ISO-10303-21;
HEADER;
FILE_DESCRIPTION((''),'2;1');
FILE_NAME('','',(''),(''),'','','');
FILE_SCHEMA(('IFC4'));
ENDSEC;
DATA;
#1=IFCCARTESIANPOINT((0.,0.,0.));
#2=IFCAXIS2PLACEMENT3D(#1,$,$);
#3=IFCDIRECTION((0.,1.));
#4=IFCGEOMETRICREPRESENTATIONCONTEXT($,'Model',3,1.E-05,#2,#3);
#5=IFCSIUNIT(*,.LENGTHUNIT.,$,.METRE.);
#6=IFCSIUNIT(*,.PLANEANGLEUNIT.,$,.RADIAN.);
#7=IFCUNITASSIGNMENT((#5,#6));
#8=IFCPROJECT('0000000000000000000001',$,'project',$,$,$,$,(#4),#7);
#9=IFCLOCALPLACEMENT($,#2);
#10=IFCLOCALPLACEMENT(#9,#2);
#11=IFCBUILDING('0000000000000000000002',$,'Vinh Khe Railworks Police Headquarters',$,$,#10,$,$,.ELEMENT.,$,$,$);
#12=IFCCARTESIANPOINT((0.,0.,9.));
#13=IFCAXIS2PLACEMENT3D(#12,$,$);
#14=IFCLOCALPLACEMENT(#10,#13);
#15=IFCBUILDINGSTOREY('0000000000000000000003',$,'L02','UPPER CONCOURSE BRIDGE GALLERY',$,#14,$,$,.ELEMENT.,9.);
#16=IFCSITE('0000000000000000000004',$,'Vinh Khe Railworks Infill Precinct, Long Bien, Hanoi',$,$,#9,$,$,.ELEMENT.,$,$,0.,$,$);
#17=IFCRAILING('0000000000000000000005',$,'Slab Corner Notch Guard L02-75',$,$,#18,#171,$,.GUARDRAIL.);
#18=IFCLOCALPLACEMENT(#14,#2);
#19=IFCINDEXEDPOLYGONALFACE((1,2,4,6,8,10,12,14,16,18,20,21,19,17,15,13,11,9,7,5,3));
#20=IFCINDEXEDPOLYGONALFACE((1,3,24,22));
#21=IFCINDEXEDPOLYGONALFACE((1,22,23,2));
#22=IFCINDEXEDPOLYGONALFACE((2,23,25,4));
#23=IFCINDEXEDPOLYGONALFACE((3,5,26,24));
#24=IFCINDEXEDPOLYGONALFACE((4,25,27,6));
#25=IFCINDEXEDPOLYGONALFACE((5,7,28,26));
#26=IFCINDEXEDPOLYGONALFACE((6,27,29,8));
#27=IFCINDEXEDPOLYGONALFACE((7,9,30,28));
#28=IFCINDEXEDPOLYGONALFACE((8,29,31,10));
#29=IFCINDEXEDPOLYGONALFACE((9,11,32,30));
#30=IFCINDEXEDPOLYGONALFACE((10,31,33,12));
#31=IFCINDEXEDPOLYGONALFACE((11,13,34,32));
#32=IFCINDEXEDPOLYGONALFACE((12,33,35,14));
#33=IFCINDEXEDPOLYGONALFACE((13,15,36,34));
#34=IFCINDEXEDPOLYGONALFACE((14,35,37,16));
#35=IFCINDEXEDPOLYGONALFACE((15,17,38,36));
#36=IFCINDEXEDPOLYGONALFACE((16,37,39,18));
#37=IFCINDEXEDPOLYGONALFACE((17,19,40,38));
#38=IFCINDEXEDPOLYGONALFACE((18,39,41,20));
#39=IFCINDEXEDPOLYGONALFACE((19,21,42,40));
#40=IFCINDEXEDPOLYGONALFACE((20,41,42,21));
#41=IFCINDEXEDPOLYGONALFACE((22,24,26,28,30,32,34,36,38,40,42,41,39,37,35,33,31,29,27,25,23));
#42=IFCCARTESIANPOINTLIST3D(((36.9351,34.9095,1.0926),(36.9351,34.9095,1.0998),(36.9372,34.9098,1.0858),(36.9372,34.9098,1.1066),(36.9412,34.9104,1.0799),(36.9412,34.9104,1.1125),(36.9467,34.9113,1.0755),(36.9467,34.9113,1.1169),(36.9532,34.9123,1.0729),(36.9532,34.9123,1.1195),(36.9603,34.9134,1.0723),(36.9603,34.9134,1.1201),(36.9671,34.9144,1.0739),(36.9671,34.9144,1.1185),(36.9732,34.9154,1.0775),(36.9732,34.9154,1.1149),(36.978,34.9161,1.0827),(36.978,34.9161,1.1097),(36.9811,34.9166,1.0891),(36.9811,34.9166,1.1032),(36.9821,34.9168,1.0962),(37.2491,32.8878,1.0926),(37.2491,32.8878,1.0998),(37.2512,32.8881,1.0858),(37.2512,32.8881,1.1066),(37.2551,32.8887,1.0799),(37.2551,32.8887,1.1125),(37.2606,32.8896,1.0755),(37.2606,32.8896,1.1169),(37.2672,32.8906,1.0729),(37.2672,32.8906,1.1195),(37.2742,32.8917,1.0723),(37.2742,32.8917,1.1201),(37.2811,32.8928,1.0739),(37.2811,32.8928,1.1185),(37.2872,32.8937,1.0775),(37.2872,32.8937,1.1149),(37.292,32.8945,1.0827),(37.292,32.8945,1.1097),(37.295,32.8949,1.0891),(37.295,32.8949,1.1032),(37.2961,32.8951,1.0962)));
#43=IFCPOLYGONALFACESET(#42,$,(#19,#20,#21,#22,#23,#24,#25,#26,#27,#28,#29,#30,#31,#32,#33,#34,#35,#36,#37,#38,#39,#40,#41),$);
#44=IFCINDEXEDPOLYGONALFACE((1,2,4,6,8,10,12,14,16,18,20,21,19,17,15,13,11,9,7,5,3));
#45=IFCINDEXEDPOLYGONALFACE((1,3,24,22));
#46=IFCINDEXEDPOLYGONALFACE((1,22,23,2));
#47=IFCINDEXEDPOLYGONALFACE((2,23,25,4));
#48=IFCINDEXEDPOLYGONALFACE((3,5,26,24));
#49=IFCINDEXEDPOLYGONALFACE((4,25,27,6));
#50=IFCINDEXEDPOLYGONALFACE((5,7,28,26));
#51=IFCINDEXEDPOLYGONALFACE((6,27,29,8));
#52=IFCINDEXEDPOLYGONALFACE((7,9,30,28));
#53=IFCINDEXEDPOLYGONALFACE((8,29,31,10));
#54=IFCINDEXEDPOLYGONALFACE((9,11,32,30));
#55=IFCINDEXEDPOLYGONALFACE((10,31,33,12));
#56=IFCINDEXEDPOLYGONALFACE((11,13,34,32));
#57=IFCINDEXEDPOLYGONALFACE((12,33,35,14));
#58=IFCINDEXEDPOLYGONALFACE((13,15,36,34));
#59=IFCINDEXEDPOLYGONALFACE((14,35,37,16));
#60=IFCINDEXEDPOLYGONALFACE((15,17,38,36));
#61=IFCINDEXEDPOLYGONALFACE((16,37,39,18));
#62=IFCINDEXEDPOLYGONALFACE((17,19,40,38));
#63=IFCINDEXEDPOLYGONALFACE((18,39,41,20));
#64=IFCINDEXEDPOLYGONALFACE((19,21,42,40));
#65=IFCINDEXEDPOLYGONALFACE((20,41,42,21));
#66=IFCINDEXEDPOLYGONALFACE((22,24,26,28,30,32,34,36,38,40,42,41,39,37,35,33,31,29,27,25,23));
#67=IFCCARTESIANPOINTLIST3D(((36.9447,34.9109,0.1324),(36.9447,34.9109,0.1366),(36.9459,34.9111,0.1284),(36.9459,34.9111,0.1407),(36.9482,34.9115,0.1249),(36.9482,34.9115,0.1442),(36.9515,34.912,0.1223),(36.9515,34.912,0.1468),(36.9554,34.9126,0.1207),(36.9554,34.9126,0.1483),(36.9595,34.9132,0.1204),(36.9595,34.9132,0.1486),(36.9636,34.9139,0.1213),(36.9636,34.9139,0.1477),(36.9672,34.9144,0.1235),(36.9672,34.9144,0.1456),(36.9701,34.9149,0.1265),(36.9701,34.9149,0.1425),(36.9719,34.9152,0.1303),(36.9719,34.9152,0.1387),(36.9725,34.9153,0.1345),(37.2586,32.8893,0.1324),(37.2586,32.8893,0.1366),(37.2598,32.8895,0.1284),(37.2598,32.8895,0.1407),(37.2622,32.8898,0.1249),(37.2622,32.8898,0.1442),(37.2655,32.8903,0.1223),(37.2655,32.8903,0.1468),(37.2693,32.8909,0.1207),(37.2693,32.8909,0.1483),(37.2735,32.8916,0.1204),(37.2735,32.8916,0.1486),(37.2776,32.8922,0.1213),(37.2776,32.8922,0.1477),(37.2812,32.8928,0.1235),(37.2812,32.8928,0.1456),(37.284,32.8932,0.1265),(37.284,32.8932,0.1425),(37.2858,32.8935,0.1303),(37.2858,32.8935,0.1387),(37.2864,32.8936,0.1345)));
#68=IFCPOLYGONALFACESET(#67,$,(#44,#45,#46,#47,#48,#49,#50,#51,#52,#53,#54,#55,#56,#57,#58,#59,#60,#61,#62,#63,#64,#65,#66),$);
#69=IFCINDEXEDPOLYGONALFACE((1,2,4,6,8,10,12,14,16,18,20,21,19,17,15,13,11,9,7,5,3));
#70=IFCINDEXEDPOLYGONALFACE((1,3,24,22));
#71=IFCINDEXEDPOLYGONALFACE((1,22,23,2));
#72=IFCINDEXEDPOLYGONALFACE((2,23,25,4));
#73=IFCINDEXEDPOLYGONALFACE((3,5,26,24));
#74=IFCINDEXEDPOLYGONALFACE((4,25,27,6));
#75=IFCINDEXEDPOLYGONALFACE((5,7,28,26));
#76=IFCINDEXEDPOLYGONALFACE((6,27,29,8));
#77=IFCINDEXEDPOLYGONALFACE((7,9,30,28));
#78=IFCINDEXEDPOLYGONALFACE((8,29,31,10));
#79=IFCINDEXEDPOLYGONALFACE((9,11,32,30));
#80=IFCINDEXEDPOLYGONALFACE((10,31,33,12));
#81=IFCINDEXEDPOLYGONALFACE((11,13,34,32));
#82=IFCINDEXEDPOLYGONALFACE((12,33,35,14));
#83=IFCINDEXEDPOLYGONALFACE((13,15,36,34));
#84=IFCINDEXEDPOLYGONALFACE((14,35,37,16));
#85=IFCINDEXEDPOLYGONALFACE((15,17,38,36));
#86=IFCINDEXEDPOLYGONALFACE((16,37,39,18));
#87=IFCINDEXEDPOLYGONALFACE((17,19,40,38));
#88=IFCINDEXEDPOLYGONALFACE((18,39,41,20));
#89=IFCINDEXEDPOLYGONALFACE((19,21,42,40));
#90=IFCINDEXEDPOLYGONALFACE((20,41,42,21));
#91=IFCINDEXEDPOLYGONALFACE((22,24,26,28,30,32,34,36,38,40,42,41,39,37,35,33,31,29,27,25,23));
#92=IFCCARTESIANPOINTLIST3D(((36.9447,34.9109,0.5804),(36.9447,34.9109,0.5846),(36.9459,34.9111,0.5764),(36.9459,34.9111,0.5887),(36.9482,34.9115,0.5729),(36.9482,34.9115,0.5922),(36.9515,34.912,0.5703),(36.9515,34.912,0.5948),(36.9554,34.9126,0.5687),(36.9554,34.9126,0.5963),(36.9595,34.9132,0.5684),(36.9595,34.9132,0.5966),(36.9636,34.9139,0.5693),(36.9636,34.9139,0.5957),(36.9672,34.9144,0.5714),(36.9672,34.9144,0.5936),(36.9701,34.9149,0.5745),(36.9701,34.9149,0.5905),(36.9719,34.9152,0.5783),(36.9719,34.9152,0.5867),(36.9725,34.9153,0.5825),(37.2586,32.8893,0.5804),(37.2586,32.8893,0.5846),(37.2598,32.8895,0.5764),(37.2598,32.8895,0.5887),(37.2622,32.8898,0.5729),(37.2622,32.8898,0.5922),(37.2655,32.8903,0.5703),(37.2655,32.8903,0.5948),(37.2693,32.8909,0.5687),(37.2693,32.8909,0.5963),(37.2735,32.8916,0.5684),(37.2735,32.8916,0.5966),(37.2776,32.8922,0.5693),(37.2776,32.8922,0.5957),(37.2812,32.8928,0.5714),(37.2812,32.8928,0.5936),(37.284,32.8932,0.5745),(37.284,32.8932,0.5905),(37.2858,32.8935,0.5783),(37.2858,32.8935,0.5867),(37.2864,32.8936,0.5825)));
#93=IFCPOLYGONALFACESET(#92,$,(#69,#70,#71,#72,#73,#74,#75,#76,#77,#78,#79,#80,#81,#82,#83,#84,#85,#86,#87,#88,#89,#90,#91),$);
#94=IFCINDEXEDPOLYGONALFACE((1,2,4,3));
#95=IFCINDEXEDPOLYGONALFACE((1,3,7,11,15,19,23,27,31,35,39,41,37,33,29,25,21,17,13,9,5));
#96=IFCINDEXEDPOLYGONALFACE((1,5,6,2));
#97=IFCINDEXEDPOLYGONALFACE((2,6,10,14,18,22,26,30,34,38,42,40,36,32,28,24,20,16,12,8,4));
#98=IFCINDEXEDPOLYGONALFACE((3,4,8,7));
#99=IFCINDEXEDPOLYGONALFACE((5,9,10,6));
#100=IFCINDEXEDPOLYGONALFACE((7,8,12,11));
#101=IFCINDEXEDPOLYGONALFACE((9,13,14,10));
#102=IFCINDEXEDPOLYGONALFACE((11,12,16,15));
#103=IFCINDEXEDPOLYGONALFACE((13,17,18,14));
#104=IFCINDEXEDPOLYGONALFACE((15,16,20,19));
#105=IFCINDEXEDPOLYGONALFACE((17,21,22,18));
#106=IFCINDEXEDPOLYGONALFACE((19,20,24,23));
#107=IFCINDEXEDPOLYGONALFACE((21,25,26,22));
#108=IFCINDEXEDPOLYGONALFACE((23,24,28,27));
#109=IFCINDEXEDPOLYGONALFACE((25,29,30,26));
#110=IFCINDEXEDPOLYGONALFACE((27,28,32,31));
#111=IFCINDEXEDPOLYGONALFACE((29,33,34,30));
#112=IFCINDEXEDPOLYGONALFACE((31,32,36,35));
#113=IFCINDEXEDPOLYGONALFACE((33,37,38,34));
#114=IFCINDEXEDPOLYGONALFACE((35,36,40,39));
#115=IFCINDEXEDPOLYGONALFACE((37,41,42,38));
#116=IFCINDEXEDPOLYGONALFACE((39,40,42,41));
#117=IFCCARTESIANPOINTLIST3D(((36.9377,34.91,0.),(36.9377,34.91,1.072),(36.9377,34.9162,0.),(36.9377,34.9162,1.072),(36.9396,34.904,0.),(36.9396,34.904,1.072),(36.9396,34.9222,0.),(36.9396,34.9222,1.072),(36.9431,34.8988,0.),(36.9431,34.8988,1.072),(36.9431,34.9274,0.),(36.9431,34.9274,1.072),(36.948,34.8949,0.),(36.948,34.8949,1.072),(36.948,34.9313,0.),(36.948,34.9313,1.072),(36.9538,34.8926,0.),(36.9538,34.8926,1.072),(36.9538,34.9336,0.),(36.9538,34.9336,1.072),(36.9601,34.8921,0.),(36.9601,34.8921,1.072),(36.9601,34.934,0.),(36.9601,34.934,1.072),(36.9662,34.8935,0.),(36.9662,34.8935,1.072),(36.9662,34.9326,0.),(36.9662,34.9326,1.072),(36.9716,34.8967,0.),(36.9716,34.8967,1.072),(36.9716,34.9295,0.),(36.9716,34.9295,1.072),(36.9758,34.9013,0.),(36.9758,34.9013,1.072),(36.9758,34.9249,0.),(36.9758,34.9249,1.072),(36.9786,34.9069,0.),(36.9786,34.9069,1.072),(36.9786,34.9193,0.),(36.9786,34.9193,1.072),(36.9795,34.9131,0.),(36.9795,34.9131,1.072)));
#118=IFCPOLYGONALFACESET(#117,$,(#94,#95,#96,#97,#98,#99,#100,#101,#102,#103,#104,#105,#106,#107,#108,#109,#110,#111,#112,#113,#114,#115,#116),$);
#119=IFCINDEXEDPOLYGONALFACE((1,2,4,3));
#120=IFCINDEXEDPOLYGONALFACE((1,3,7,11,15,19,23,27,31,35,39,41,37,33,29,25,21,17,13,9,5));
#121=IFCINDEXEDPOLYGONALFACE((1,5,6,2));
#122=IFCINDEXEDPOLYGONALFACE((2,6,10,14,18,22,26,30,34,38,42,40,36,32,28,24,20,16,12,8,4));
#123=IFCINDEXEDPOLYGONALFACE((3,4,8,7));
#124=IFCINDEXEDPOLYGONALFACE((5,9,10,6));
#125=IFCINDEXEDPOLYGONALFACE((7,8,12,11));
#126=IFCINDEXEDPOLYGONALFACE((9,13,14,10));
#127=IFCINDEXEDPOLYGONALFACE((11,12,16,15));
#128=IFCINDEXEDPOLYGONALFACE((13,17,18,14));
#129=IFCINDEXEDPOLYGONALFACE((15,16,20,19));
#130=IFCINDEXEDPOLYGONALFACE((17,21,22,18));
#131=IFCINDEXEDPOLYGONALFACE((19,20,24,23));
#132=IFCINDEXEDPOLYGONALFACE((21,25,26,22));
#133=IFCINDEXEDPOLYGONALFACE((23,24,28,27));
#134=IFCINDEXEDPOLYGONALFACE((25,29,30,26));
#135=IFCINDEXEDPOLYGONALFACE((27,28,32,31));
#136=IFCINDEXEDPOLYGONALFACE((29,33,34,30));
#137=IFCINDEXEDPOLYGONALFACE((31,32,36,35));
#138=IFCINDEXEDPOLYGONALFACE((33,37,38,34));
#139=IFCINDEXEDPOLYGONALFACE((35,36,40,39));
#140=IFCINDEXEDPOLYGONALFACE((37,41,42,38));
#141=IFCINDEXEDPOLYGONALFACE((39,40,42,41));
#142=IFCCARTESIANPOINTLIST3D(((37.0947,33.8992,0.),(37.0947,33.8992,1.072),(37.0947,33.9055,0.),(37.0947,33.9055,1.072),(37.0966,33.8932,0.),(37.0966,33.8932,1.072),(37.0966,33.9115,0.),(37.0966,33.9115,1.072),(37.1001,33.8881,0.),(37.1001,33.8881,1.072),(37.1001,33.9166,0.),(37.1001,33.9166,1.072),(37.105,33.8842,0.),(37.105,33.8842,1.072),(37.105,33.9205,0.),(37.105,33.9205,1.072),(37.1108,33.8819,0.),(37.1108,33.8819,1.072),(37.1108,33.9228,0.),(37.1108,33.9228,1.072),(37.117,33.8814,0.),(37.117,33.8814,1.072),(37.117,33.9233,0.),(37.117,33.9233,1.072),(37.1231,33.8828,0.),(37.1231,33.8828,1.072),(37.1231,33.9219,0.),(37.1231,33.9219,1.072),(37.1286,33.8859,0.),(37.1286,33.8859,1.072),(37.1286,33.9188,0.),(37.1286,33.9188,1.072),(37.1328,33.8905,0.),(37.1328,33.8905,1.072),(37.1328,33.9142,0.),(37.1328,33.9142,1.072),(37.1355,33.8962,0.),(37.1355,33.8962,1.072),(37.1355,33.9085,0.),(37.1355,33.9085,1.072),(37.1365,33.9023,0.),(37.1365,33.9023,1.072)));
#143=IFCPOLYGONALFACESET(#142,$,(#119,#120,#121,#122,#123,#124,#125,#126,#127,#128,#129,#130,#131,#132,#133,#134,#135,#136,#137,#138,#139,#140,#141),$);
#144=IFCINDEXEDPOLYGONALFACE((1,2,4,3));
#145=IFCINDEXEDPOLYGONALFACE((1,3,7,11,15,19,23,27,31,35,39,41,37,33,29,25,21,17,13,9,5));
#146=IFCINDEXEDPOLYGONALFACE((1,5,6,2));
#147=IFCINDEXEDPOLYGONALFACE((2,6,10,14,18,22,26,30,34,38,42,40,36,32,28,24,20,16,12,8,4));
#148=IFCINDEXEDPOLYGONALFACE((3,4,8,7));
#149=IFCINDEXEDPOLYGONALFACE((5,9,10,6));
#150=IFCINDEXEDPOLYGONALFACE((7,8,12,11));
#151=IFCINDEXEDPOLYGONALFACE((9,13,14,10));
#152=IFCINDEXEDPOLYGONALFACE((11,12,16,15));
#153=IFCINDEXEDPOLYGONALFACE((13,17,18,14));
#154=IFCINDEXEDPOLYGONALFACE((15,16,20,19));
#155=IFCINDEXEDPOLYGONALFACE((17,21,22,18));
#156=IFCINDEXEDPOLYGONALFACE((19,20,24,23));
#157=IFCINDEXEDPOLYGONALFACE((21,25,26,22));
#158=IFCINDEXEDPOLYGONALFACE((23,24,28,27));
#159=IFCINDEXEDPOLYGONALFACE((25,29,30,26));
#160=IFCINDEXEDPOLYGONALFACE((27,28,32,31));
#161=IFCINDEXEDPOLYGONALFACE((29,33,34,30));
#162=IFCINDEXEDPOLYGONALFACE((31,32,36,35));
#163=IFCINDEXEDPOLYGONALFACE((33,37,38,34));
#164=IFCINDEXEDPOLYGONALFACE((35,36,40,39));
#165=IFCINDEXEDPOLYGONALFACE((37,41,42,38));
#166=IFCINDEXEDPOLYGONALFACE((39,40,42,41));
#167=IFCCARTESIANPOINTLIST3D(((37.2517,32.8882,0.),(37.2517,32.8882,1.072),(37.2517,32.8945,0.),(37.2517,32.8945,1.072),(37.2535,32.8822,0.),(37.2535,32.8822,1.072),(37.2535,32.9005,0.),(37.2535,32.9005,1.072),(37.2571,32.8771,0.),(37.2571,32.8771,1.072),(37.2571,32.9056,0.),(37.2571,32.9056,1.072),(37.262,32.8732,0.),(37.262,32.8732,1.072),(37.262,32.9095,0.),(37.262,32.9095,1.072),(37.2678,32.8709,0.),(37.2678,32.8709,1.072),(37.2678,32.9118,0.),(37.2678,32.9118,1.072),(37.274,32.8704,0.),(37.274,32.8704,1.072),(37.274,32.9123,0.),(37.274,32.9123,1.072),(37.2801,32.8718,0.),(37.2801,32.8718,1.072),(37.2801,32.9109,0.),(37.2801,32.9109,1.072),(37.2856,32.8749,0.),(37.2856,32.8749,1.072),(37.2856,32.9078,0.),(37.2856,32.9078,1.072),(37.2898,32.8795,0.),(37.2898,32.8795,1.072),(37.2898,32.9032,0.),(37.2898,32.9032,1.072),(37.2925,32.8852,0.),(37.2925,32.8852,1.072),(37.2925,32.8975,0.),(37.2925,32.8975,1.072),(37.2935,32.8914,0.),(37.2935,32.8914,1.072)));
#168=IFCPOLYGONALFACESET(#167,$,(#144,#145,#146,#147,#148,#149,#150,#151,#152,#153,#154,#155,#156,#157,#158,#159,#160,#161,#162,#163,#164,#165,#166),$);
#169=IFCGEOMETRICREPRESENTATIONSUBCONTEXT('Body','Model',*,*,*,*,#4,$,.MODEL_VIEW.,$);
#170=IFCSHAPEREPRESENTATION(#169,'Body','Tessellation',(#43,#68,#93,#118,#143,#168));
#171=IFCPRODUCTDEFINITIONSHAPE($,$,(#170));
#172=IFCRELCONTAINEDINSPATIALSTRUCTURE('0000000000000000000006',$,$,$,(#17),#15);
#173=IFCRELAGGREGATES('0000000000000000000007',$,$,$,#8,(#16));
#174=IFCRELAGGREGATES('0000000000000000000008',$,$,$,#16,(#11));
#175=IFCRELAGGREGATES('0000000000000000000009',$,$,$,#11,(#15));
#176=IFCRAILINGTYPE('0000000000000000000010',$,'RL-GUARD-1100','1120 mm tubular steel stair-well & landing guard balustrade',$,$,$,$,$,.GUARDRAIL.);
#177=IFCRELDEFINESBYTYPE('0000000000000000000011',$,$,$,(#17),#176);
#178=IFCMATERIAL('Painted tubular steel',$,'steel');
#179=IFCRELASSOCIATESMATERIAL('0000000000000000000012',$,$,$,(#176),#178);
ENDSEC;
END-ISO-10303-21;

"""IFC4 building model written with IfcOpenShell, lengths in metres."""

from ifc_helpers import new_model, si_unit, direction, frame, origin, origin_2d, place, context, subcontext, project, spatial, circle, extrude, material, type_object, element, save


model = new_model("IFC4")

# Units and contexts
model_context = context("Model", 3, precision=1e-05, world=origin(), true_north=direction((0.0, 1.0)))
body_context = subcontext(model_context, "Body", "Model", "MODEL_VIEW")
ifc_project = project(units=[si_unit("LENGTHUNIT", "METRE"), si_unit("PLANEANGLEUNIT", "RADIAN")], contexts=[model_context])

# Site, building, storey
site_placement = place(None, origin())
site = spatial("IfcSite", under=ifc_project, at=site_placement, Name="Vinh Khe Railworks Infill Precinct, Long Bien, Hanoi", CompositionType="ELEMENT", RefElevation=0.0)
building_placement = place(site_placement, origin())
building = spatial("IfcBuilding", under=site, at=building_placement, Name="Vinh Khe Railworks Police Headquarters", CompositionType="ELEMENT")
storey_placement = place(building_placement, frame((0.0, 0.0, 9.0)))
storey = spatial("IfcBuildingStorey", under=building, at=storey_placement, Name="L02", Description="UPPER CONCOURSE BRIDGE GALLERY", CompositionType="ELEMENT", Elevation=9.0)

# Railing
ifc_material_1 = material(Name="Painted tubular steel", Category="steel")
railing_type = type_object("IfcRailingType", Name="RL-GUARD-1100", Description="1120 mm tubular steel stair-well & landing guard balustrade", PredefinedType="GUARDRAIL", material=ifc_material_1)
railing_placement = place(storey_placement, frame((36.9585, 34.9131, 0.0)))
element("IfcRailing", 1, at=railing_placement, inside=storey, type_object=railing_type, Name="Slab Corner Notch Guard L02-75", PredefinedType="GUARDRAIL", context=body_context, shape_type="SweptSolid", body=[
    extrude(circle(Radius=0.0239, at=origin_2d()), frame((0.0, 0.0, 1.0962), z_axis=(0.153456, -0.988156, 0.0), x_axis=(0.988156, 0.153456, 0.0)), (0.0, 0.0, 1.0), 2.0459),
    extrude(circle(Radius=0.0142, at=origin_2d()), frame((0.0, 0.0, 0.1345), z_axis=(0.153456, -0.988156, 0.0), x_axis=(0.988156, 0.153456, 0.0)), (0.0, 0.0, 1.0), 2.0459),
    extrude(circle(Radius=0.0142, at=origin_2d()), frame((0.0, 0.0, 0.5825), z_axis=(0.153456, -0.988156, 0.0), x_axis=(0.988156, 0.153456, 0.0)), (0.0, 0.0, 1.0), 2.0459),
    extrude(circle(Radius=0.021, at=origin_2d()), origin(), (0.0, 0.0, 1.0), 1.072),
    extrude(circle(Radius=0.021, at=origin_2d()), frame((0.157, -1.0107, 0.0)), (0.0, 0.0, 1.0), 1.072),
    extrude(circle(Radius=0.021, at=origin_2d()), frame((0.314, -2.0217, 0.0)), (0.0, 0.0, 1.0), 1.072),
])

save(model, "model.ifc")
